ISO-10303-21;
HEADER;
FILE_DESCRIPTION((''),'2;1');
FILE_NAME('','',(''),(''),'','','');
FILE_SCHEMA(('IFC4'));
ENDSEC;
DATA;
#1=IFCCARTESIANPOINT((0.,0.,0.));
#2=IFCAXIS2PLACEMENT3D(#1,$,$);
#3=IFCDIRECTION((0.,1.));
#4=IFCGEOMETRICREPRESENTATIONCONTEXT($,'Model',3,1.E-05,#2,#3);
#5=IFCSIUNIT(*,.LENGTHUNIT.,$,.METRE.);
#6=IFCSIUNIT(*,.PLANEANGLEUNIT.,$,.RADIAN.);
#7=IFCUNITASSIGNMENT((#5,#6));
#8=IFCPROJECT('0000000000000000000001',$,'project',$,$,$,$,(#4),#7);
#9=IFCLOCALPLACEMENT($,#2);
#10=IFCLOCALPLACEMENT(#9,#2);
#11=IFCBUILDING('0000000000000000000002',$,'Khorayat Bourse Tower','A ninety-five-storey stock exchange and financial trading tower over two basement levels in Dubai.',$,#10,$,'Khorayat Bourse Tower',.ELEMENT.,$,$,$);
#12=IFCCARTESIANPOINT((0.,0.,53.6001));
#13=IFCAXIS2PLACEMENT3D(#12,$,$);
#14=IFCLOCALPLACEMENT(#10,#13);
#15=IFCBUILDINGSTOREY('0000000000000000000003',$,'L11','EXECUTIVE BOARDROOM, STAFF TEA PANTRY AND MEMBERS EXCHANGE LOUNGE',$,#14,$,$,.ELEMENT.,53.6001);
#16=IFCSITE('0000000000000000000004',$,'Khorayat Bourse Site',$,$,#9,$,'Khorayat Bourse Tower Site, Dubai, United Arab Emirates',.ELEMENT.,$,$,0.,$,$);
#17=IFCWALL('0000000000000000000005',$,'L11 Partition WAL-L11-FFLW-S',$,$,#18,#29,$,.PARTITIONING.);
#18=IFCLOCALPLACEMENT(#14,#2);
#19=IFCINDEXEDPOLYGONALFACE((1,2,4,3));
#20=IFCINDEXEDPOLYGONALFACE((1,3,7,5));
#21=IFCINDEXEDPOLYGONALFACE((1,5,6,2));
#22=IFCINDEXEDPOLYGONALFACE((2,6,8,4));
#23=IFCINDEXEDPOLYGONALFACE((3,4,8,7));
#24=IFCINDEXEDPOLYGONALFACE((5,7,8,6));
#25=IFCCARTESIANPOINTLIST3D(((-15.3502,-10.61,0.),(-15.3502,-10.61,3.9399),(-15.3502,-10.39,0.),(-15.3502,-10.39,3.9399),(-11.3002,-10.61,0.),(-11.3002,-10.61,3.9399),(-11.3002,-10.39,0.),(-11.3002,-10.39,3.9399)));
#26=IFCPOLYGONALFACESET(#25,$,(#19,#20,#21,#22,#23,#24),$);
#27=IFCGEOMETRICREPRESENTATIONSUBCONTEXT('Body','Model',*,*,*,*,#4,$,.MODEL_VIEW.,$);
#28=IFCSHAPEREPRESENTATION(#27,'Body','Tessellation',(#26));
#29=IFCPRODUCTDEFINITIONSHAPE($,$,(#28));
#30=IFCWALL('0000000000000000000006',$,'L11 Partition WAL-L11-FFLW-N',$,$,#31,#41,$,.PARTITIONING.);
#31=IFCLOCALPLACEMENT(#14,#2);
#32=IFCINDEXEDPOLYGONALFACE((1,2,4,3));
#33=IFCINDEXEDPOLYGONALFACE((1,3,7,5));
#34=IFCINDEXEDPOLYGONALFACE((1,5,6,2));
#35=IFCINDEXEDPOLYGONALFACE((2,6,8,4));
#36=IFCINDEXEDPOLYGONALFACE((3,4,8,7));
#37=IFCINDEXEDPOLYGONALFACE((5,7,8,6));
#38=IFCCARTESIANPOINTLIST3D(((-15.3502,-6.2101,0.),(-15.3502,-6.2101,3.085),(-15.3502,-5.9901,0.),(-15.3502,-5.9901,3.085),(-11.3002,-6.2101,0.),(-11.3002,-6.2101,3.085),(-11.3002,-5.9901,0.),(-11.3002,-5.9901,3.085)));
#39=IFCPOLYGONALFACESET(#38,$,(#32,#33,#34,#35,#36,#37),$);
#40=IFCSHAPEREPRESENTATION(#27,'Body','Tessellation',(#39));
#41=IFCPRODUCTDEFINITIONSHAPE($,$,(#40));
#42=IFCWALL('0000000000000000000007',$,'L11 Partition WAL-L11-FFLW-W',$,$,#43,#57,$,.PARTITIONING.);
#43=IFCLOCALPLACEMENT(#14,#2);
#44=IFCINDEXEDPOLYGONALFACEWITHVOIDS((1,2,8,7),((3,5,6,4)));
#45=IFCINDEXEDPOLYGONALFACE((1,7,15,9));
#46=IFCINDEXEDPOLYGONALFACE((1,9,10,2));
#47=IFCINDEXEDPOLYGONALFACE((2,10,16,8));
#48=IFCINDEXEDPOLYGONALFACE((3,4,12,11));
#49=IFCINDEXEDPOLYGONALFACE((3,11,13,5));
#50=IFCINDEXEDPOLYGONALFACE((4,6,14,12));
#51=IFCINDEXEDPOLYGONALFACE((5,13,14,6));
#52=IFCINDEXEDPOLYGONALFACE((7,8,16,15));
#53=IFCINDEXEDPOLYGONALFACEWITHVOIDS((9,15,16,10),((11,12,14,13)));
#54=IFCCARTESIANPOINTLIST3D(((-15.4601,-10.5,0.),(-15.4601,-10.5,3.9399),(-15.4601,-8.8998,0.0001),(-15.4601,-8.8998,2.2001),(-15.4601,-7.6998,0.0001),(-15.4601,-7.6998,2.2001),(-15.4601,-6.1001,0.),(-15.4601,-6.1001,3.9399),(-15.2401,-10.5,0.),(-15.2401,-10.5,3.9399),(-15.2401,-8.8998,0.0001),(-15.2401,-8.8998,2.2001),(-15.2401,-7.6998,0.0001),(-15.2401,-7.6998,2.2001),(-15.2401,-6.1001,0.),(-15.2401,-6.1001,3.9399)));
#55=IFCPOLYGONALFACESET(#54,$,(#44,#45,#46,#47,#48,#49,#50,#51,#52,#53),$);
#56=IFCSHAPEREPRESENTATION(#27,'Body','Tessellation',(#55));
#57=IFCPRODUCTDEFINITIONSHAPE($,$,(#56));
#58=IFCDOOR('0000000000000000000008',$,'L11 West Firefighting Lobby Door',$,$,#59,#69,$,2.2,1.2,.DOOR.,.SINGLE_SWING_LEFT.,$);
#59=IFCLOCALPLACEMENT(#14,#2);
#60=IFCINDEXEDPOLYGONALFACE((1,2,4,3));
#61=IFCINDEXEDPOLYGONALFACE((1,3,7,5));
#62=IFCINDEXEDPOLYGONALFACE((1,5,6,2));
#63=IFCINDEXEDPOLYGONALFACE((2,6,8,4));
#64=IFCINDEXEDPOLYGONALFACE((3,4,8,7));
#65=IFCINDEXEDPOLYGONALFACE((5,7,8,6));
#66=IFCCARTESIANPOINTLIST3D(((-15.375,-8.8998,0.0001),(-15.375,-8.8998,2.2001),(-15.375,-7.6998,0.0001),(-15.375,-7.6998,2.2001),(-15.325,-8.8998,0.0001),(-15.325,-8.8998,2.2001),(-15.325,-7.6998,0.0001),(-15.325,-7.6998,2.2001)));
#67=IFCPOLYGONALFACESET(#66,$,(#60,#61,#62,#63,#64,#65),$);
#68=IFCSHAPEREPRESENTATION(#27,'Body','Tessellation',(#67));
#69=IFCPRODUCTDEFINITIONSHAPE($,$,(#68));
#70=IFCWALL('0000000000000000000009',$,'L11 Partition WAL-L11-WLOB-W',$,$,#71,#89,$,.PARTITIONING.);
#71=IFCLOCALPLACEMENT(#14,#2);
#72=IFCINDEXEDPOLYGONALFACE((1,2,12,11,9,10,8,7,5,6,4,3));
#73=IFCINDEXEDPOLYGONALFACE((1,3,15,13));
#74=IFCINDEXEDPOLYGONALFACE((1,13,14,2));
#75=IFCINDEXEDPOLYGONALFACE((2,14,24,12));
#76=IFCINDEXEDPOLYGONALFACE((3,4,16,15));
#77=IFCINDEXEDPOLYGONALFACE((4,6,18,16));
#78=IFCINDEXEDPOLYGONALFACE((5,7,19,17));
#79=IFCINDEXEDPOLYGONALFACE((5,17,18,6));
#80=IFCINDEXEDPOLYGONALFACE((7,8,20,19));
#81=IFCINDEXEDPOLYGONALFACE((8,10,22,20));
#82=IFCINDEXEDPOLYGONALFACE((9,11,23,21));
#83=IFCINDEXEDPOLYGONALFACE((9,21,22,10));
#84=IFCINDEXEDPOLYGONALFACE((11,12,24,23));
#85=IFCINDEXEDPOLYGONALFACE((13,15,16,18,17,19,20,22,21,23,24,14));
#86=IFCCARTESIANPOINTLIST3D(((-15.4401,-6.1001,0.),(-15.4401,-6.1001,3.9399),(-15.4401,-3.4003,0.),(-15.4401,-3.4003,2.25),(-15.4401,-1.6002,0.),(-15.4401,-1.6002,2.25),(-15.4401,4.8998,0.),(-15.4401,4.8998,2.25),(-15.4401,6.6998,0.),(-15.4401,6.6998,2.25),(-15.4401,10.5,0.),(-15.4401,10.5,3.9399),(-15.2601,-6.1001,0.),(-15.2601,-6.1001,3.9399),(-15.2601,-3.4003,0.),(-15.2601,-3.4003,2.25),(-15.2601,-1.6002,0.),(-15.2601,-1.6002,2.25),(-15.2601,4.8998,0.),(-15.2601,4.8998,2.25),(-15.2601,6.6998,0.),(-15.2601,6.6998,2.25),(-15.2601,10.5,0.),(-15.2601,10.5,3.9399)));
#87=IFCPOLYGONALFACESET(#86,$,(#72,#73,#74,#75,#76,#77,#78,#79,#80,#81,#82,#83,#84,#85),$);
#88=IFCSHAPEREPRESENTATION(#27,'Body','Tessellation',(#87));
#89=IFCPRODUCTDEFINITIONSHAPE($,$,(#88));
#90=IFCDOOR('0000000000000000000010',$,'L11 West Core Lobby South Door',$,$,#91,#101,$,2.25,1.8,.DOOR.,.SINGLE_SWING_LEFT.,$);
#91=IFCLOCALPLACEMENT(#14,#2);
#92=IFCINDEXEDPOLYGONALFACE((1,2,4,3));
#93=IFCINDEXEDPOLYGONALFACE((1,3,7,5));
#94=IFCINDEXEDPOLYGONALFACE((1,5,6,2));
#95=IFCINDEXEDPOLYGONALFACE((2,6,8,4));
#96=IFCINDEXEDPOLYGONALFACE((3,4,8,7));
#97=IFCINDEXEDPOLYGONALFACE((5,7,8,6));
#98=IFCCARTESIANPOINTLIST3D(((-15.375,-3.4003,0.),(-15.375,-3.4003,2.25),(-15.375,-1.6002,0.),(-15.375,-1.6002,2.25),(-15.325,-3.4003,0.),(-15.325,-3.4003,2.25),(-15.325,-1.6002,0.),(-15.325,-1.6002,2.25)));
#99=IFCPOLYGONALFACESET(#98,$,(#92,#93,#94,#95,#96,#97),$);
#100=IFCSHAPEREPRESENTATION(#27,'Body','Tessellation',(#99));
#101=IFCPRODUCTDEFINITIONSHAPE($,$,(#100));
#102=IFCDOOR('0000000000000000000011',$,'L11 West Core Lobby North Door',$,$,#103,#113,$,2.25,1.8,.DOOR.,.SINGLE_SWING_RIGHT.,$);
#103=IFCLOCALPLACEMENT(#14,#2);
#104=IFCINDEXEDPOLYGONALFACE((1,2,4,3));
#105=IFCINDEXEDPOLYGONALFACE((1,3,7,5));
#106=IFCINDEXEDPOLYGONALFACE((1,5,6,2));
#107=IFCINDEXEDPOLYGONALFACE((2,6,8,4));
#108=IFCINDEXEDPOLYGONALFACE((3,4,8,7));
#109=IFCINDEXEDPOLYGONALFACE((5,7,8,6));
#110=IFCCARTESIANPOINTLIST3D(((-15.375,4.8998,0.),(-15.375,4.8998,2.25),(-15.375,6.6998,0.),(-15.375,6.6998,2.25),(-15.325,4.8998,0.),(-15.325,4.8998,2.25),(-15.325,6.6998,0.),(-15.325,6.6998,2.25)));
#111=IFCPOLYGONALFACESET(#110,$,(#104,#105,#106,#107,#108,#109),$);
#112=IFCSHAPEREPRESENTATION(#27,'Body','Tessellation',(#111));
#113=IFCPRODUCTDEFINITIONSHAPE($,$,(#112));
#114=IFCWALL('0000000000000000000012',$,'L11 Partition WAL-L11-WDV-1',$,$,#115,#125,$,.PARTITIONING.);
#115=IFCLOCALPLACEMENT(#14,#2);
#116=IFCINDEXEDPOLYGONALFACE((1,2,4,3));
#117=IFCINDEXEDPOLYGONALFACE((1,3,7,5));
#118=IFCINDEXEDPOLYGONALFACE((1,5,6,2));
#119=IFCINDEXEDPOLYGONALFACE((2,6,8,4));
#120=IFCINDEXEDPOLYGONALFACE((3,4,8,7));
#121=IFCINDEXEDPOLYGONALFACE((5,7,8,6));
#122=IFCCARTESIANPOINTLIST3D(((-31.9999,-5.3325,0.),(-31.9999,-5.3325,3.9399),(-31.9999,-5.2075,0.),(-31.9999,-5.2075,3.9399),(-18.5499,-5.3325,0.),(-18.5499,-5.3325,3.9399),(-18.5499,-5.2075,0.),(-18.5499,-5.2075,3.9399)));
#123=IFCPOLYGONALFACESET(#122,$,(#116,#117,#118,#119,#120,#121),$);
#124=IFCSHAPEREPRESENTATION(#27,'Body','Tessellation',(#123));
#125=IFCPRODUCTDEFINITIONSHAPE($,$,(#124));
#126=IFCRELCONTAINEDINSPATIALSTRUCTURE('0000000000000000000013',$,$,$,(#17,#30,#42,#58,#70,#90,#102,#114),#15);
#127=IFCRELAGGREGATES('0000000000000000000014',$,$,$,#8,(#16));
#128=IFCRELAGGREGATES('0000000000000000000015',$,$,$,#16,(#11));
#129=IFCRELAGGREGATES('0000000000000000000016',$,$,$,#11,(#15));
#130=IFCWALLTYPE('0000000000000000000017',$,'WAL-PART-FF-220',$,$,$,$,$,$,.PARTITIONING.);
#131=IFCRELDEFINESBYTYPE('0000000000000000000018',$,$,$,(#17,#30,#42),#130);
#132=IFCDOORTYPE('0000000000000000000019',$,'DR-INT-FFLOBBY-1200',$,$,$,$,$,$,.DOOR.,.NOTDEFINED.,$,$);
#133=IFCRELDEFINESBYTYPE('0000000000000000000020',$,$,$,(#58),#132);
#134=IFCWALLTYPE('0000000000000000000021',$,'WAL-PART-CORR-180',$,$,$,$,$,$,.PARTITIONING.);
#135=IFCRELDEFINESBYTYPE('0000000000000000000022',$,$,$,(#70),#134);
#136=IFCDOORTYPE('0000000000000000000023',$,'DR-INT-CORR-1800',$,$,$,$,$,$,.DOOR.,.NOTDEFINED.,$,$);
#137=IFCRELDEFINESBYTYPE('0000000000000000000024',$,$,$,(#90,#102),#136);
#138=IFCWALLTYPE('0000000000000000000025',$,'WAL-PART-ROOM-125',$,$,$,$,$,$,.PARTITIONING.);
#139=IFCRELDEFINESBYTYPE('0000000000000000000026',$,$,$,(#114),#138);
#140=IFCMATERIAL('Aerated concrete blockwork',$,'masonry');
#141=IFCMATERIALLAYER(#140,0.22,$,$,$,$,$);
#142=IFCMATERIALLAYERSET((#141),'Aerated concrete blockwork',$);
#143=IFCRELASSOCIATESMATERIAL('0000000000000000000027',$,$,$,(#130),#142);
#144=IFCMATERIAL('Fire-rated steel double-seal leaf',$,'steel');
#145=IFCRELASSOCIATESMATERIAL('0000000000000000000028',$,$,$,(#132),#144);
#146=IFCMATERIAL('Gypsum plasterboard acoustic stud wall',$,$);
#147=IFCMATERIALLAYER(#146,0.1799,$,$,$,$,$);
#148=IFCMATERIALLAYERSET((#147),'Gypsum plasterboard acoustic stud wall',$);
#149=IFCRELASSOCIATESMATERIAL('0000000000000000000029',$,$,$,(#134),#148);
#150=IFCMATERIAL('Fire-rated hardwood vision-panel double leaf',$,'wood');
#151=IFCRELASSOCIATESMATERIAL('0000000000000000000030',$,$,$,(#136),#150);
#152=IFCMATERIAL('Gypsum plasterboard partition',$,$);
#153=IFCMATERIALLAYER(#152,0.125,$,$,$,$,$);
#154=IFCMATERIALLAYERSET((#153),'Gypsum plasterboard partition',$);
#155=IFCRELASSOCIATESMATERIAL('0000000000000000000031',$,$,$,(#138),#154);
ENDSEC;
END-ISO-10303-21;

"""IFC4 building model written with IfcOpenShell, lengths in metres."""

from ifc_helpers import new_model, si_unit, direction, frame, frame_2d, origin, place, context, subcontext, project, spatial, rectangle, extrude, source, transform, mapped, material, layer, layer_set, type_object, element, fill, save


model = new_model("IFC4")

# Units and contexts
model_context = context("Model", 3, precision=1e-05, world=origin(), true_north=direction((0.0, 1.0)))
body_context = subcontext(model_context, "Body", "Model", "MODEL_VIEW")
ifc_project = project(units=[si_unit("LENGTHUNIT", "METRE"), si_unit("PLANEANGLEUNIT", "RADIAN")], contexts=[model_context])

# Site, building, storey
site_placement = place(None, origin())
site = spatial("IfcSite", under=ifc_project, at=site_placement, Name="Khorayat Bourse Site", LongName="Khorayat Bourse Tower Site, Dubai, United Arab Emirates", CompositionType="ELEMENT", RefElevation=0.0)
building_placement = place(site_placement, origin())
building = spatial("IfcBuilding", under=site, at=building_placement, Name="Khorayat Bourse Tower", Description="A ninety-five-storey stock exchange and financial trading tower over two basement levels in Dubai.", LongName="Khorayat Bourse Tower", CompositionType="ELEMENT")
storey_placement = place(building_placement, frame((0.0, 0.0, 53.6001)))
storey = spatial("IfcBuildingStorey", under=building, at=storey_placement, Name="L11", Description="EXECUTIVE BOARDROOM, STAFF TEA PANTRY AND MEMBERS EXCHANGE LOUNGE", CompositionType="ELEMENT", Elevation=53.6001)

# Walls
ifc_material_1 = material(Name="Aerated concrete blockwork", Category="masonry")
ifc_layer_1 = layer(ifc_material_1, 0.22)
ifc_layer_set_1 = layer_set([ifc_layer_1], Name="Aerated concrete blockwork")
wall_type_1 = type_object("IfcWallType", Name="WAL-PART-FF-220", PredefinedType="PARTITIONING", material=ifc_layer_set_1)
shared_shape_1 = source(origin(), body_context, "Body", "SweptSolid", [
    extrude(rectangle(XDim=4.05, YDim=0.22, at=frame_2d((2.0249, 0.0))), origin(), (0.0, 0.0, 1.0), 3.9399),
])
wall_1_placement = place(storey_placement, frame((-15.3501, -10.5, 0.0), z_axis=(0.0, 0.0, 1.0), x_axis=(1.0, 0.0, 0.0)))
element("IfcWall", 1, at=wall_1_placement, inside=storey, type_object=wall_type_1, Name="L11 Partition WAL-L11-FFLW-S", PredefinedType="PARTITIONING", context=body_context, shape_type="MappedRepresentation", body=[
    mapped(shared_shape_1, transform((0.0, 0.0, 0.0), scale=1.0)),
])
shared_shape_2 = source(origin(), body_context, "Body", "SweptSolid", [
    extrude(rectangle(XDim=4.05, YDim=0.22, at=frame_2d((2.0249, 0.0))), origin(), (0.0, 0.0, 1.0), 3.085),
])
wall_2_placement = place(storey_placement, frame((-15.3501, -6.1001, 0.0), z_axis=(0.0, 0.0, 1.0), x_axis=(1.0, 0.0, 0.0)))
element("IfcWall", 2, at=wall_2_placement, inside=storey, type_object=wall_type_1, Name="L11 Partition WAL-L11-FFLW-N", PredefinedType="PARTITIONING", context=body_context, shape_type="MappedRepresentation", body=[
    mapped(shared_shape_2, transform((0.0, 0.0, 0.0), scale=1.0)),
])

# Wall, opening, door
shared_shape_3 = source(origin(), body_context, "Body", "SweptSolid", [
    extrude(rectangle(XDim=4.3999, YDim=0.22, at=frame_2d((2.2, 0.0))), origin(), (0.0, 0.0, 1.0), 3.9399),
])
wall_3_placement = place(storey_placement, frame((-15.3501, -10.5, 0.0), z_axis=(0.0, 0.0, 1.0), x_axis=(0.0, 1.0, 0.0)))
wall_3 = element("IfcWall", 3, at=wall_3_placement, inside=storey, type_object=wall_type_1, Name="L11 Partition WAL-L11-FFLW-W", PredefinedType="PARTITIONING", context=body_context, shape_type="MappedRepresentation", body=[
    mapped(shared_shape_3, transform((0.0, 0.0, 0.0), scale=1.0)),
])
shared_shape_4 = source(origin(), body_context, "Body", "SweptSolid", [
    extrude(rectangle(XDim=1.2, YDim=2.2, at=frame_2d((0.6001, 1.1001))), frame((0.0, 0.1199, 0.0), z_axis=(0.0, -1.0, 0.0), x_axis=(1.0, 0.0, 0.0)), (0.0, 0.0, 1.0), 0.24),
])
opening_1_placement = place(wall_3_placement, frame((1.6001, 0.0, 0.0)))
opening_1 = element("IfcOpeningElement", 4, at=opening_1_placement, cuts=wall_3, PredefinedType="OPENING", context=body_context, shape_type="MappedRepresentation", body=[
    mapped(shared_shape_4, transform((0.0, 0.0, 0.0), scale=1.0)),
])
ifc_material_2 = material(Name="Fire-rated steel double-seal leaf", Category="steel")
door_type_1 = type_object("IfcDoorType", Name="DR-INT-FFLOBBY-1200", OperationType="NOTDEFINED", PredefinedType="DOOR", material=ifc_material_2)
shared_shape_5 = source(origin(), body_context, "Body", "SweptSolid", [
    extrude(rectangle(XDim=1.2, YDim=2.2, at=frame_2d((0.6001, 1.1001))), frame((0.0, 0.0249, 0.0), z_axis=(0.0, -1.0, 0.0), x_axis=(1.0, 0.0, 0.0)), (0.0, 0.0, 1.0), 0.05),
])
door_1_placement = place(opening_1_placement, origin())
door_1 = element("IfcDoor", 5, at=door_1_placement, inside=storey, type_object=door_type_1, Name="L11 West Firefighting Lobby Door", OperationType="SINGLE_SWING_LEFT", OverallHeight=2.2, OverallWidth=1.2, PredefinedType="DOOR", context=body_context, shape_type="MappedRepresentation", body=[
    mapped(shared_shape_5, transform((0.0, 0.0, 0.0), scale=1.0)),
])
fill(opening_1, door_1)

# Wall, openings, doors
ifc_material_3 = material(Name="Gypsum plasterboard acoustic stud wall")
ifc_layer_2 = layer(ifc_material_3, 0.1799)
ifc_layer_set_2 = layer_set([ifc_layer_2], Name="Gypsum plasterboard acoustic stud wall")
wall_type_2 = type_object("IfcWallType", Name="WAL-PART-CORR-180", PredefinedType="PARTITIONING", material=ifc_layer_set_2)
shared_shape_6 = source(origin(), body_context, "Body", "SweptSolid", [
    extrude(rectangle(XDim=16.6001, YDim=0.1799, at=frame_2d((8.3, 0.0))), origin(), (0.0, 0.0, 1.0), 3.9399),
])
wall_4_placement = place(storey_placement, frame((-15.3501, -6.1001, 0.0), z_axis=(0.0, 0.0, 1.0), x_axis=(0.0, 1.0, 0.0)))
wall_4 = element("IfcWall", 6, at=wall_4_placement, inside=storey, type_object=wall_type_2, Name="L11 Partition WAL-L11-WLOB-W", PredefinedType="PARTITIONING", context=body_context, shape_type="MappedRepresentation", body=[
    mapped(shared_shape_6, transform((0.0, 0.0, 0.0), scale=1.0)),
])
shared_shape_7 = source(origin(), body_context, "Body", "SweptSolid", [
    extrude(rectangle(XDim=1.8, YDim=2.25, at=frame_2d((0.8999, 1.125))), frame((0.0, 0.0999, 0.0), z_axis=(0.0, -1.0, 0.0), x_axis=(1.0, 0.0, 0.0)), (0.0, 0.0, 1.0), 0.2),
])
opening_2_placement = place(wall_4_placement, frame((2.7, 0.0, 0.0)))
opening_2 = element("IfcOpeningElement", 7, at=opening_2_placement, cuts=wall_4, PredefinedType="OPENING", context=body_context, shape_type="MappedRepresentation", body=[
    mapped(shared_shape_7, transform((0.0, 0.0, 0.0), scale=1.0)),
])
opening_3_placement = place(wall_4_placement, frame((11.0, 0.0, 0.0)))
opening_3 = element("IfcOpeningElement", 8, at=opening_3_placement, cuts=wall_4, PredefinedType="OPENING", context=body_context, shape_type="MappedRepresentation", body=[
    mapped(shared_shape_7, transform((0.0, 0.0, 0.0), scale=1.0)),
])
ifc_material_4 = material(Name="Fire-rated hardwood vision-panel double leaf", Category="wood")
door_type_2 = type_object("IfcDoorType", Name="DR-INT-CORR-1800", OperationType="NOTDEFINED", PredefinedType="DOOR", material=ifc_material_4)
shared_shape_8 = source(origin(), body_context, "Body", "SweptSolid", [
    extrude(rectangle(XDim=1.8, YDim=2.25, at=frame_2d((0.8999, 1.125))), frame((0.0, 0.0249, 0.0), z_axis=(0.0, -1.0, 0.0), x_axis=(1.0, 0.0, 0.0)), (0.0, 0.0, 1.0), 0.05),
])
door_2_placement = place(opening_2_placement, origin())
door_2 = element("IfcDoor", 9, at=door_2_placement, inside=storey, type_object=door_type_2, Name="L11 West Core Lobby South Door", OperationType="SINGLE_SWING_LEFT", OverallHeight=2.25, OverallWidth=1.8, PredefinedType="DOOR", context=body_context, shape_type="MappedRepresentation", body=[
    mapped(shared_shape_8, transform((0.0, 0.0, 0.0), scale=1.0)),
])
fill(opening_2, door_2)
door_3_placement = place(opening_3_placement, origin())
door_3 = element("IfcDoor", 10, at=door_3_placement, inside=storey, type_object=door_type_2, Name="L11 West Core Lobby North Door", OperationType="SINGLE_SWING_RIGHT", OverallHeight=2.25, OverallWidth=1.8, PredefinedType="DOOR", context=body_context, shape_type="MappedRepresentation", body=[
    mapped(shared_shape_8, transform((0.0, 0.0, 0.0), scale=1.0)),
])
fill(opening_3, door_3)

# Wall
ifc_material_5 = material(Name="Gypsum plasterboard partition")
ifc_layer_3 = layer(ifc_material_5, 0.125)
ifc_layer_set_3 = layer_set([ifc_layer_3], Name="Gypsum plasterboard partition")
wall_type_3 = type_object("IfcWallType", Name="WAL-PART-ROOM-125", PredefinedType="PARTITIONING", material=ifc_layer_set_3)
shared_shape_9 = source(origin(), body_context, "Body", "SweptSolid", [
    extrude(rectangle(XDim=13.45, YDim=0.125, at=frame_2d((6.7251, 0.0))), origin(), (0.0, 0.0, 1.0), 3.9399),
])
wall_5_placement = place(storey_placement, frame((-32.0, -5.27, 0.0), z_axis=(0.0, 0.0, 1.0), x_axis=(1.0, 0.0, 0.0)))
element("IfcWall", 11, at=wall_5_placement, inside=storey, type_object=wall_type_3, Name="L11 Partition WAL-L11-WDV-1", PredefinedType="PARTITIONING", context=body_context, shape_type="MappedRepresentation", body=[
    mapped(shared_shape_9, transform((0.0, 0.0, 0.0), scale=1.0)),
])

save(model, "model.ifc")
